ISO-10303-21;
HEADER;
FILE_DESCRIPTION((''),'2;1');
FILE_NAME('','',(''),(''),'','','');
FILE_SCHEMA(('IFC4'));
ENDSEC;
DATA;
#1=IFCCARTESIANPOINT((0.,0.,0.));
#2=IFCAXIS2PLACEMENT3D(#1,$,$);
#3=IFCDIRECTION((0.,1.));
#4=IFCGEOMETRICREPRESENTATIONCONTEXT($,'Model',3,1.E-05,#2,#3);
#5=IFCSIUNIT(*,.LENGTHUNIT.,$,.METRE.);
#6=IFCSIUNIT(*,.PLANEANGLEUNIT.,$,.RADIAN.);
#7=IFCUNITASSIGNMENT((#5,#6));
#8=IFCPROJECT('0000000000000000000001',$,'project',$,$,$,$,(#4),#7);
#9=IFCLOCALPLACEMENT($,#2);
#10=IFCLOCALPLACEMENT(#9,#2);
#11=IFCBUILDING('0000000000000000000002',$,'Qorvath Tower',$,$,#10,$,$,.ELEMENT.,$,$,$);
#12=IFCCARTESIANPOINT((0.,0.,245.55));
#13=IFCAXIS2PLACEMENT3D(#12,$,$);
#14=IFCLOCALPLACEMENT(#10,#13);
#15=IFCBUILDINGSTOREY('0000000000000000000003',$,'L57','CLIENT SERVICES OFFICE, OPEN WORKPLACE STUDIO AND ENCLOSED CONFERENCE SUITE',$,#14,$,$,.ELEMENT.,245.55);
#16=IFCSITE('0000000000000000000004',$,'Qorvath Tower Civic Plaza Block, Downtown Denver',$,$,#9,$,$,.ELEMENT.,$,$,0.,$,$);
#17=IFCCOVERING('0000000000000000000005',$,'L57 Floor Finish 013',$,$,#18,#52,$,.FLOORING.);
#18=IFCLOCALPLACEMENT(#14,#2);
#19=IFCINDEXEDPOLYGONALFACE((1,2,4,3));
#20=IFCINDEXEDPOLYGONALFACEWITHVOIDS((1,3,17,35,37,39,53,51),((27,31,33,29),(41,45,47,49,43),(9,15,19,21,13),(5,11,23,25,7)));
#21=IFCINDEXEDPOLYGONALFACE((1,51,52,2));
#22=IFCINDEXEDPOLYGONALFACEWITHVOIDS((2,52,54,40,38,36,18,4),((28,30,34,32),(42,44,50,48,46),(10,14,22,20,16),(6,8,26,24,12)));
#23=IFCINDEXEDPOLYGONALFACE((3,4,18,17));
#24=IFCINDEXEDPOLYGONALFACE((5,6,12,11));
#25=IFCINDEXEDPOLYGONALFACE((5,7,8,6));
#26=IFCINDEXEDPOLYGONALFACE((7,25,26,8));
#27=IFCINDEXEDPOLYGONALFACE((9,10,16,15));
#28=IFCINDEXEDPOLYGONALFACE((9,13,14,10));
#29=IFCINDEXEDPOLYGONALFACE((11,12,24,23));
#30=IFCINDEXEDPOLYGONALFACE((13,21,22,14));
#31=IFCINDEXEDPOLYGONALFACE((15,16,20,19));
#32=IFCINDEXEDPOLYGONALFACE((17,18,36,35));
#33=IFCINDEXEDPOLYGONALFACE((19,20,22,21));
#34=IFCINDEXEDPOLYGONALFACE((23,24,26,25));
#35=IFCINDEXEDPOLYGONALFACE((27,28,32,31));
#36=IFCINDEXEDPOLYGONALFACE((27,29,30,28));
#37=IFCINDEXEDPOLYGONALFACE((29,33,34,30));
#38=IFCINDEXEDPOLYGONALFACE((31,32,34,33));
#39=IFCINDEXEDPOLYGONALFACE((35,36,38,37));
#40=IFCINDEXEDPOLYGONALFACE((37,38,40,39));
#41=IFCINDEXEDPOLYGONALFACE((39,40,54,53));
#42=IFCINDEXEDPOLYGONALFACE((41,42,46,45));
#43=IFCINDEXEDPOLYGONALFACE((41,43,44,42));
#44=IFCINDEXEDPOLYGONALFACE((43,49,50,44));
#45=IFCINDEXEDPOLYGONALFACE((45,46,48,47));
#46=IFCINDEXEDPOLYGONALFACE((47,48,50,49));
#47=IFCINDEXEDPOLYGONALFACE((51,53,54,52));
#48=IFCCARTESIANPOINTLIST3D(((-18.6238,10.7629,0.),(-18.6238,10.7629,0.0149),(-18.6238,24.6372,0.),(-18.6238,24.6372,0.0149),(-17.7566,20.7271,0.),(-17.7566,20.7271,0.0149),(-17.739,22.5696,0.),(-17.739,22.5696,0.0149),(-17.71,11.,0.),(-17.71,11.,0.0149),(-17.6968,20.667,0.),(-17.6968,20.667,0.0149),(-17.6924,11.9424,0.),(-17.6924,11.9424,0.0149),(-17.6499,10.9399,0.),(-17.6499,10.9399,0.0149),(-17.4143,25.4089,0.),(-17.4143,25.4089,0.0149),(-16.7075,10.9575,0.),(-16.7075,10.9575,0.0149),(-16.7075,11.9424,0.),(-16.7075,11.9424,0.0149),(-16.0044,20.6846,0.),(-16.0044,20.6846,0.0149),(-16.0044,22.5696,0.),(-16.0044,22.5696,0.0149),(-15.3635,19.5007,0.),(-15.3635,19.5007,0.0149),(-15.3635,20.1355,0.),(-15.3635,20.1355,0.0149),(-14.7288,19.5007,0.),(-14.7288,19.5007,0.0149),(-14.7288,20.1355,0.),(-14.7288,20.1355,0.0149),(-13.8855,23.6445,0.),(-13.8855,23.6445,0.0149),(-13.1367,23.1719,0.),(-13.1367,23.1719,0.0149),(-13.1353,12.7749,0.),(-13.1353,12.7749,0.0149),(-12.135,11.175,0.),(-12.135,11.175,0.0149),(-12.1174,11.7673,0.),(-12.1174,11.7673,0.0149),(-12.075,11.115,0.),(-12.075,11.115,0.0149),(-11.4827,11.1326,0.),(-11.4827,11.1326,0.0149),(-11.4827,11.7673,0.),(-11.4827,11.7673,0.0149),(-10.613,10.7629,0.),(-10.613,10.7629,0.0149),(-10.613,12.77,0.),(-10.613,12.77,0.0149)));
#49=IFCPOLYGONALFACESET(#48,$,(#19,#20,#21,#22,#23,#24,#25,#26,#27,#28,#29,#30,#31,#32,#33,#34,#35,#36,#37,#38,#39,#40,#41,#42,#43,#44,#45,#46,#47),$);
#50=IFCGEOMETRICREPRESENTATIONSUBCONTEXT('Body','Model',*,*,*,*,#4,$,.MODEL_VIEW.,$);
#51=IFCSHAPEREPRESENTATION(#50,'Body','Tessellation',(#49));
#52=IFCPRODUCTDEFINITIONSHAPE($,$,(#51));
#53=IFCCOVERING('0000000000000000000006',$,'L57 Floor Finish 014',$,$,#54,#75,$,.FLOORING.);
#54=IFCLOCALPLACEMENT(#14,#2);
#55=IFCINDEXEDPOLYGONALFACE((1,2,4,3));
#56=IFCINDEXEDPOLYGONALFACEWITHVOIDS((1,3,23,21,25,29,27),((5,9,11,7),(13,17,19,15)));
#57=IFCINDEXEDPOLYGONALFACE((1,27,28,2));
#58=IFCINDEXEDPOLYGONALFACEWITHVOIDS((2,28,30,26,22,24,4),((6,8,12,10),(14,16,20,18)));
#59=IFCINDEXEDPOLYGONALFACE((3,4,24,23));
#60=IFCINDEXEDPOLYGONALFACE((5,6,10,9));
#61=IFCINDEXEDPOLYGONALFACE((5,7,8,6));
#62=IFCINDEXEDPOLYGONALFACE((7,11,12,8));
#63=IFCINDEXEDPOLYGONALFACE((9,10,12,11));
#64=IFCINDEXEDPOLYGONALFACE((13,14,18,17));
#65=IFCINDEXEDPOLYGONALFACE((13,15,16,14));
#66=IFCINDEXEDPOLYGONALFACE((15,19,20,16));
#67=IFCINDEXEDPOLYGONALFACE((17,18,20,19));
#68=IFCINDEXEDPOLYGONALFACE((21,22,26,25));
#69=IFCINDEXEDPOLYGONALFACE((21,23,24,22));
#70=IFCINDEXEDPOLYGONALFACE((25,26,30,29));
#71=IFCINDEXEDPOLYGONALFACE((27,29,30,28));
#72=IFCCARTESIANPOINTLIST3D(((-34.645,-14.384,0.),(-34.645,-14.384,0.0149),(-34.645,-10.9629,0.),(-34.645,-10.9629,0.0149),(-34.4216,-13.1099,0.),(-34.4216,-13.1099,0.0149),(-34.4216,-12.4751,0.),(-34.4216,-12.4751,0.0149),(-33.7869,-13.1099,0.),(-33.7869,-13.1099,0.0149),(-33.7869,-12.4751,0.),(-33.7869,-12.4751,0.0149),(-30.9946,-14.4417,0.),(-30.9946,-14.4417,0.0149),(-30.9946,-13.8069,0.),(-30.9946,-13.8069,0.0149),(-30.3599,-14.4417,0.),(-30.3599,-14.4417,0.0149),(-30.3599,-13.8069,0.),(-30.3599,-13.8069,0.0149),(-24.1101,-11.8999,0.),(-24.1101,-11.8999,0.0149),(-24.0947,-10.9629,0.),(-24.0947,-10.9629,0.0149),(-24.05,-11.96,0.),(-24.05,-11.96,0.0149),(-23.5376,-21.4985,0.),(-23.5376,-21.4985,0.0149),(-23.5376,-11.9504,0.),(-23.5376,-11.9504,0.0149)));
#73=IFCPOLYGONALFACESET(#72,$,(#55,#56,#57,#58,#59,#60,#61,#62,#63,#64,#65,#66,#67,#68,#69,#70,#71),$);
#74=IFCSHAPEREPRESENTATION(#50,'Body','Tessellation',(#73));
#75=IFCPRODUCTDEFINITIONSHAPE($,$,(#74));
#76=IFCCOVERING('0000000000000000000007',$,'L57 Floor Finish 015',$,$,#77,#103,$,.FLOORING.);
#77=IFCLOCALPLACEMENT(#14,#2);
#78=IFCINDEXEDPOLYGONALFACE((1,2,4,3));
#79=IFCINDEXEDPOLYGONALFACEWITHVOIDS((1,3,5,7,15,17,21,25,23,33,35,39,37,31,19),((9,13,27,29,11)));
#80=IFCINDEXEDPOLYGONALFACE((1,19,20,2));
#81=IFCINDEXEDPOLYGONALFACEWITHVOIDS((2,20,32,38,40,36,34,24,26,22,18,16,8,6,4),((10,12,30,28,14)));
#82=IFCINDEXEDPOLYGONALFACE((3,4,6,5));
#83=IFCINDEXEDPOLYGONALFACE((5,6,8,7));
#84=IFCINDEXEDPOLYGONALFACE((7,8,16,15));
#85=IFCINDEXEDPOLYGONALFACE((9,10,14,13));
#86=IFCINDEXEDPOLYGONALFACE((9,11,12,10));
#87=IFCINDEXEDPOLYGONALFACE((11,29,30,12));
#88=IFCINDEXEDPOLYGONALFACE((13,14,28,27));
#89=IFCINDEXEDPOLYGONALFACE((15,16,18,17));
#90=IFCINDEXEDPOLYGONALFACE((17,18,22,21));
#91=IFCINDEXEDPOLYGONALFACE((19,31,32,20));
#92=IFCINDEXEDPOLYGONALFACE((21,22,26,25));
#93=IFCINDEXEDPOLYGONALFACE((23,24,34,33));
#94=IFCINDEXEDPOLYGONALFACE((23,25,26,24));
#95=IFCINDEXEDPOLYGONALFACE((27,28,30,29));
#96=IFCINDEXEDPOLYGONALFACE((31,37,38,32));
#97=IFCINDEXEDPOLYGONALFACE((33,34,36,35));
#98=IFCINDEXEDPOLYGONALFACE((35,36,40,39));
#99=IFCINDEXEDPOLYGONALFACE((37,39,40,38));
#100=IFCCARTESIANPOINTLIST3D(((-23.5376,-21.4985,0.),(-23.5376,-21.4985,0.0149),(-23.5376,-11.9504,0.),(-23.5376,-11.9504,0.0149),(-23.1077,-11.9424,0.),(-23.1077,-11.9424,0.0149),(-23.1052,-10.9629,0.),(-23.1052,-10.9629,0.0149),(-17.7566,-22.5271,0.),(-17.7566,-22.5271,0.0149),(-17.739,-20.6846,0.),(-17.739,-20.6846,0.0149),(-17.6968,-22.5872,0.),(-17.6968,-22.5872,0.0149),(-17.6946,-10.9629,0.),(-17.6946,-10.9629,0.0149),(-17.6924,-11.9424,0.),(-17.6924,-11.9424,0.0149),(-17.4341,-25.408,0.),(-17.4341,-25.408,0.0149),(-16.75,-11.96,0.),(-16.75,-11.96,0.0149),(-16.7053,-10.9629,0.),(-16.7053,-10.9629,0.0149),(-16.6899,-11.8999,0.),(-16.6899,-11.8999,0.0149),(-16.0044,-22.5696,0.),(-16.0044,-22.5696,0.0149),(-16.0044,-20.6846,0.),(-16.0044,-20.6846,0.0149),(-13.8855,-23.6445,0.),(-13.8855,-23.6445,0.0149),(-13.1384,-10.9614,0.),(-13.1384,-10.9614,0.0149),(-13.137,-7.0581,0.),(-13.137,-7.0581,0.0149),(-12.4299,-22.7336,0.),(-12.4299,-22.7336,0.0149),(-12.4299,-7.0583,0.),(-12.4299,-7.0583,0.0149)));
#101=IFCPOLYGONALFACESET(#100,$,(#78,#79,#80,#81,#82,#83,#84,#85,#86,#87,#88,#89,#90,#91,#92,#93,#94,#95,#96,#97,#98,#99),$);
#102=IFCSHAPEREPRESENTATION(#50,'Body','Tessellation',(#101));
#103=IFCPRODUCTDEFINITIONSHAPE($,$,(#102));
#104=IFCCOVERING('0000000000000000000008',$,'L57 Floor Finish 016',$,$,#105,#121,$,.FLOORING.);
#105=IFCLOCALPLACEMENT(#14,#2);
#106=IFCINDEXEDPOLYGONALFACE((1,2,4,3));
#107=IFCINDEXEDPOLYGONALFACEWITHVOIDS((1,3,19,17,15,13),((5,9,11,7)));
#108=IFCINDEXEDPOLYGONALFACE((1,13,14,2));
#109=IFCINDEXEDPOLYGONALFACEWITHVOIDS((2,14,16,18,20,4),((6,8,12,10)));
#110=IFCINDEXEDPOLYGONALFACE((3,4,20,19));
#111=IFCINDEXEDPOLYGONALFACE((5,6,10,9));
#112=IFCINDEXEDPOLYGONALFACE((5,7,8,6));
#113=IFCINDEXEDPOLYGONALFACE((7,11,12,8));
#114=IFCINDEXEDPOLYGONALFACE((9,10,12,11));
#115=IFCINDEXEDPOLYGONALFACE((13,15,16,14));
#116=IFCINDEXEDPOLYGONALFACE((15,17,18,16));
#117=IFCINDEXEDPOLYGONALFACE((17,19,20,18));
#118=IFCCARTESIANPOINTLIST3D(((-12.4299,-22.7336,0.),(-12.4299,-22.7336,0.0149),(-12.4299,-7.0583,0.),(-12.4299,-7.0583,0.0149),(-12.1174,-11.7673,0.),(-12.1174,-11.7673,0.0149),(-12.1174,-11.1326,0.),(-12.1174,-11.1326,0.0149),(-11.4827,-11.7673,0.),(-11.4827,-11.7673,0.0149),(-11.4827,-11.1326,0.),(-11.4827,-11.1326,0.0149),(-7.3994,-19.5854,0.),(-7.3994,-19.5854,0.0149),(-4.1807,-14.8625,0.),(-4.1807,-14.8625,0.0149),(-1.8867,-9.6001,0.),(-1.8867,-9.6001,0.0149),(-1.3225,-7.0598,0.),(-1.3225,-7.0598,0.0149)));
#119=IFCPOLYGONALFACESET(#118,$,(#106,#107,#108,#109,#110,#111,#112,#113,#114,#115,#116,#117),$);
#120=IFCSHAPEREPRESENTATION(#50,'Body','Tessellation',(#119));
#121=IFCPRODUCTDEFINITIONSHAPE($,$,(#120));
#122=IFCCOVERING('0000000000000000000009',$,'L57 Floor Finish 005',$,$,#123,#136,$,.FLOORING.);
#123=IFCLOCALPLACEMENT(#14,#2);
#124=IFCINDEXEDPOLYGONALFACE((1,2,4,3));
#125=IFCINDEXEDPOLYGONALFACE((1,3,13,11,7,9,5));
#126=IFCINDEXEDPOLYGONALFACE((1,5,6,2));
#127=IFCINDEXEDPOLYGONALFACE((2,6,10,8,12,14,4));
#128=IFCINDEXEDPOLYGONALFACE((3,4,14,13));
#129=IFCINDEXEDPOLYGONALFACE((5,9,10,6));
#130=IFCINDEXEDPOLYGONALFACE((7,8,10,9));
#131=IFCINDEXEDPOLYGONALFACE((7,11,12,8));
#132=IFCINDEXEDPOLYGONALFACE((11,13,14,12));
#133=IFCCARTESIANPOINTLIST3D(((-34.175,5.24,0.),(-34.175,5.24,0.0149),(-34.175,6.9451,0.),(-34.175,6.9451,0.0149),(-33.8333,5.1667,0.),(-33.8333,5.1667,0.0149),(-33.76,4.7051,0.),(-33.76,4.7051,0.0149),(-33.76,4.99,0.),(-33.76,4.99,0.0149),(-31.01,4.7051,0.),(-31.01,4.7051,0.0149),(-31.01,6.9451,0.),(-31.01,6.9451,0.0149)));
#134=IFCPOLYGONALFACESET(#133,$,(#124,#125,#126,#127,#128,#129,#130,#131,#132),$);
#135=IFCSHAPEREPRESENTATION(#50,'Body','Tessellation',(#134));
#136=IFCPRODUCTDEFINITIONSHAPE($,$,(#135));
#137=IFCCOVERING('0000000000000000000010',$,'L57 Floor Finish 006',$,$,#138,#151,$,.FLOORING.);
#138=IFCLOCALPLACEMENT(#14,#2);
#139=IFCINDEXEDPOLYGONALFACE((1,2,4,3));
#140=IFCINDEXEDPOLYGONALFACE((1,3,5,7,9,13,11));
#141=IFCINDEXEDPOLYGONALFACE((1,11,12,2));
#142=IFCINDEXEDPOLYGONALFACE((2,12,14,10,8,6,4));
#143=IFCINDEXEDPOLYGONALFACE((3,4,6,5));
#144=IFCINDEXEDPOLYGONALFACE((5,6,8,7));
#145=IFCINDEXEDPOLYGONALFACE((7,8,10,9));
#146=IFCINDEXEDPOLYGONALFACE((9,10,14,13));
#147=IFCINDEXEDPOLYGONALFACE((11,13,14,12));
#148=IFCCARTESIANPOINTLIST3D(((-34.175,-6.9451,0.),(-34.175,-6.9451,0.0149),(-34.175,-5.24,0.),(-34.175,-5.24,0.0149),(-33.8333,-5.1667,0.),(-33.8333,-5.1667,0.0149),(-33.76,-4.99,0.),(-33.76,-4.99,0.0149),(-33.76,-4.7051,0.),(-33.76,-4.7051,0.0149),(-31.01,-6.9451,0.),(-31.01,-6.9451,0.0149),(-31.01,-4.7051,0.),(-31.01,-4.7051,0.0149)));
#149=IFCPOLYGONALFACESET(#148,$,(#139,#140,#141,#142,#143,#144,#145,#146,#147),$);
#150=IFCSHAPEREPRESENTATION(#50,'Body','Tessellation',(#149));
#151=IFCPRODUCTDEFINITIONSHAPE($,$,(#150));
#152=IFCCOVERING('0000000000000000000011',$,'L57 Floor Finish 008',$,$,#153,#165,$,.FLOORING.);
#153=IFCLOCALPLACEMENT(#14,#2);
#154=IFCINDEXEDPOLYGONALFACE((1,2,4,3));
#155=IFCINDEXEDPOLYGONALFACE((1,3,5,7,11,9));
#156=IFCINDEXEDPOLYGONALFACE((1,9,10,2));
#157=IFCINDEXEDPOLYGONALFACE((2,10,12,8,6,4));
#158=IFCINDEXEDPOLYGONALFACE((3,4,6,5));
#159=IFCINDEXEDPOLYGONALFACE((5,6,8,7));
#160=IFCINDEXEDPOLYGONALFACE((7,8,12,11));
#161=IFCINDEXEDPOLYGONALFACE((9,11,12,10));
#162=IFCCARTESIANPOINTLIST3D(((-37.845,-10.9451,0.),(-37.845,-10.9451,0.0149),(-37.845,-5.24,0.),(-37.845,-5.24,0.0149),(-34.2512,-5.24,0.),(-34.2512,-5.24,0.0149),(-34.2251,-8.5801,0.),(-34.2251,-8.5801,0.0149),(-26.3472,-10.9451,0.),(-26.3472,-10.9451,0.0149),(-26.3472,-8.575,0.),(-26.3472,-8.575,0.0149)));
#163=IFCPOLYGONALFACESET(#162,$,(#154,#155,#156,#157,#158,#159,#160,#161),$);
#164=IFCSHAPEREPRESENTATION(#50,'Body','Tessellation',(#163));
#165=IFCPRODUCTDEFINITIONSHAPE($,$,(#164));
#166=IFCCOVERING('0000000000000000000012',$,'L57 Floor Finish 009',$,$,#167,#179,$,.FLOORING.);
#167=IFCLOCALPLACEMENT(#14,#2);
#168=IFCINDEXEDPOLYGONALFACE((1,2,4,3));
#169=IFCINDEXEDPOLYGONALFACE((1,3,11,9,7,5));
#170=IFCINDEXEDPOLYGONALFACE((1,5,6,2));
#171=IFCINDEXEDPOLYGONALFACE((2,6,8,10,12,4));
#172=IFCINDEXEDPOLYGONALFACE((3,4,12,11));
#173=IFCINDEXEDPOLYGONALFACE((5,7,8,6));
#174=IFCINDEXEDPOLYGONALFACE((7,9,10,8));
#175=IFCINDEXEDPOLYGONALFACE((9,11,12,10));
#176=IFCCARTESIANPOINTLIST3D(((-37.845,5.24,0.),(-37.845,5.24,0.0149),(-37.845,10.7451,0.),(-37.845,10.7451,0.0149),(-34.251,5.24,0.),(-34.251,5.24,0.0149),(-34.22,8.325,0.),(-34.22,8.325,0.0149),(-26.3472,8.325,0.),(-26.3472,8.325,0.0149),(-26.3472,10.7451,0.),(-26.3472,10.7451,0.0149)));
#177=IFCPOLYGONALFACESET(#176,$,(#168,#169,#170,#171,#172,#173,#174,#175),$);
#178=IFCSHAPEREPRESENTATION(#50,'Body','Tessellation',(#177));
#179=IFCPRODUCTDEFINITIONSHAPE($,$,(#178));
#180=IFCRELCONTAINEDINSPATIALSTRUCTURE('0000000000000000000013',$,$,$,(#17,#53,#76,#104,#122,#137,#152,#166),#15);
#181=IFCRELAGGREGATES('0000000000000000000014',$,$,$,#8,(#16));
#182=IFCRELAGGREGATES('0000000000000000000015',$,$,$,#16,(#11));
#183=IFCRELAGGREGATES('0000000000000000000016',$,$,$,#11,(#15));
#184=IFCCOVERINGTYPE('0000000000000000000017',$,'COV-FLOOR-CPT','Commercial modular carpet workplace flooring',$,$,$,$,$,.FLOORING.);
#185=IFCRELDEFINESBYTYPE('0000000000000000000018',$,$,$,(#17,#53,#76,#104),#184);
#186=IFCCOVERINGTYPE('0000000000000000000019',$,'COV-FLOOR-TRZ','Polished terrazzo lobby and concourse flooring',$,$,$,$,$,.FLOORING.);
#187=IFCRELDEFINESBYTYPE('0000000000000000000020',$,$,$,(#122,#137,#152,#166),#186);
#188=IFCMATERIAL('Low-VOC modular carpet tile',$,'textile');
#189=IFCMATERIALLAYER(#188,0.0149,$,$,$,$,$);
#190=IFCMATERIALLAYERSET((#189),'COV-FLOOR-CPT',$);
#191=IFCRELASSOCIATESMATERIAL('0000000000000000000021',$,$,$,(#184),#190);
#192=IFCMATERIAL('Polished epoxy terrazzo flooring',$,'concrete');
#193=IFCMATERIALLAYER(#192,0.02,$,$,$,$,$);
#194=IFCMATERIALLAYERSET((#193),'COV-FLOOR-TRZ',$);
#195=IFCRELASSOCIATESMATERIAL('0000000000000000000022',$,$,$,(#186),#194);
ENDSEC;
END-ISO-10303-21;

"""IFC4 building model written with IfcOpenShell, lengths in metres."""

from ifc_helpers import new_model, si_unit, direction, frame, origin, place, context, subcontext, project, spatial, polyline, outline, extrude, material, layer, layer_set, type_object, element, save


model = new_model("IFC4")

# Units and contexts
model_context = context("Model", 3, precision=1e-05, world=origin(), true_north=direction((0.0, 1.0)))
body_context = subcontext(model_context, "Body", "Model", "MODEL_VIEW")
ifc_project = project(units=[si_unit("LENGTHUNIT", "METRE"), si_unit("PLANEANGLEUNIT", "RADIAN")], contexts=[model_context])

# Site, building, storey
site_placement = place(None, origin())
site = spatial("IfcSite", under=ifc_project, at=site_placement, Name="Qorvath Tower Civic Plaza Block, Downtown Denver", CompositionType="ELEMENT", RefElevation=0.0)
building_placement = place(site_placement, origin())
building = spatial("IfcBuilding", under=site, at=building_placement, Name="Qorvath Tower", CompositionType="ELEMENT")
storey_placement = place(building_placement, frame((0.0, 0.0, 245.55)))
storey = spatial("IfcBuildingStorey", under=building, at=storey_placement, Name="L57", Description="CLIENT SERVICES OFFICE, OPEN WORKPLACE STUDIO AND ENCLOSED CONFERENCE SUITE", CompositionType="ELEMENT", Elevation=245.55)

# Coverings
ifc_material_1 = material(Name="Low-VOC modular carpet tile", Category="textile")
ifc_layer_1 = layer(ifc_material_1, 0.0149)
ifc_layer_set_1 = layer_set([ifc_layer_1], Name="COV-FLOOR-CPT")
covering_type_1 = type_object("IfcCoveringType", Name="COV-FLOOR-CPT", Description="Commercial modular carpet workplace flooring", PredefinedType="FLOORING", material=ifc_layer_set_1)
covering_1_placement = place(storey_placement, origin())
element("IfcCovering", 1, at=covering_1_placement, inside=storey, type_object=covering_type_1, Name="L57 Floor Finish 013", PredefinedType="FLOORING", context=body_context, shape_type="SweptSolid", body=[
    extrude(outline(polyline([(-18.6238, 24.6372), (-18.6238, 10.7629), (-10.613, 10.7629), (-10.613, 12.77), (-13.1353, 12.7749), (-13.1367, 23.1719), (-13.8855, 23.6445), (-17.4143, 25.4089), (-18.6238, 24.6372)]), holes=[polyline([(-12.135, 11.175), (-12.1174, 11.7673), (-11.4827, 11.7673), (-11.4827, 11.1326), (-12.075, 11.115), (-12.135, 11.175)]), polyline([(-15.3635, 19.5007), (-15.3635, 20.1355), (-14.7288, 20.1355), (-14.7288, 19.5007), (-15.3635, 19.5007)]), polyline([(-17.7566, 20.7271), (-17.739, 22.5696), (-16.0044, 22.5696), (-16.0044, 20.6846), (-17.6968, 20.667), (-17.7566, 20.7271)]), polyline([(-17.71, 11.0), (-17.6924, 11.9424), (-16.7075, 11.9424), (-16.7075, 10.9575), (-17.6499, 10.9399), (-17.71, 11.0)])]), origin(), (0.0, 0.0, 1.0), 0.0149),
])
covering_2_placement = place(storey_placement, origin())
element("IfcCovering", 2, at=covering_2_placement, inside=storey, type_object=covering_type_1, Name="L57 Floor Finish 014", PredefinedType="FLOORING", context=body_context, shape_type="SweptSolid", body=[
    extrude(outline(polyline([(-34.645, -14.384), (-23.5376, -21.4985), (-23.5376, -11.9504), (-24.05, -11.96), (-24.1101, -11.8999), (-24.0947, -10.9629), (-34.645, -10.9629), (-34.645, -14.384)]), holes=[polyline([(-30.9946, -14.4417), (-30.9946, -13.8069), (-30.3599, -13.8069), (-30.3599, -14.4417), (-30.9946, -14.4417)]), polyline([(-34.4216, -13.1099), (-34.4216, -12.4751), (-33.7869, -12.4751), (-33.7869, -13.1099), (-34.4216, -13.1099)])]), origin(), (0.0, 0.0, 1.0), 0.0149),
])
covering_3_placement = place(storey_placement, origin())
element("IfcCovering", 3, at=covering_3_placement, inside=storey, type_object=covering_type_1, Name="L57 Floor Finish 015", PredefinedType="FLOORING", context=body_context, shape_type="SweptSolid", body=[
    extrude(outline(polyline([(-23.5376, -11.9504), (-23.5376, -21.4985), (-17.4341, -25.408), (-13.8855, -23.6445), (-12.4299, -22.7336), (-12.4299, -7.0583), (-13.137, -7.0581), (-13.1384, -10.9614), (-16.7053, -10.9629), (-16.6899, -11.8999), (-16.75, -11.96), (-17.6924, -11.9424), (-17.6946, -10.9629), (-23.1052, -10.9629), (-23.1077, -11.9424), (-23.5376, -11.9504)]), holes=[polyline([(-17.7566, -22.5271), (-17.739, -20.6846), (-16.0044, -20.6846), (-16.0044, -22.5696), (-17.6968, -22.5872), (-17.7566, -22.5271)])]), origin(), (0.0, 0.0, 1.0), 0.0149),
])
covering_4_placement = place(storey_placement, origin())
element("IfcCovering", 4, at=covering_4_placement, inside=storey, type_object=covering_type_1, Name="L57 Floor Finish 016", PredefinedType="FLOORING", context=body_context, shape_type="SweptSolid", body=[
    extrude(outline(polyline([(-12.4299, -7.0583), (-12.4299, -22.7336), (-7.3994, -19.5854), (-4.1807, -14.8625), (-1.8867, -9.6001), (-1.3225, -7.0598), (-12.4299, -7.0583)]), holes=[polyline([(-12.1174, -11.7673), (-12.1174, -11.1326), (-11.4827, -11.1326), (-11.4827, -11.7673), (-12.1174, -11.7673)])]), origin(), (0.0, 0.0, 1.0), 0.0149),
])
ifc_material_2 = material(Name="Polished epoxy terrazzo flooring", Category="concrete")
ifc_layer_2 = layer(ifc_material_2, 0.02)
ifc_layer_set_2 = layer_set([ifc_layer_2], Name="COV-FLOOR-TRZ")
covering_type_2 = type_object("IfcCoveringType", Name="COV-FLOOR-TRZ", Description="Polished terrazzo lobby and concourse flooring", PredefinedType="FLOORING", material=ifc_layer_set_2)
covering_5_placement = place(storey_placement, origin())
element("IfcCovering", 5, at=covering_5_placement, inside=storey, type_object=covering_type_2, Name="L57 Floor Finish 005", PredefinedType="FLOORING", context=body_context, shape_type="SweptSolid", body=[
    extrude(outline(polyline([(-31.01, 6.9451), (-34.175, 6.9451), (-34.175, 5.24), (-33.8333, 5.1667), (-33.76, 4.99), (-33.76, 4.7051), (-31.01, 4.7051), (-31.01, 6.9451)])), origin(), (0.0, 0.0, 1.0), 0.0149),
])
covering_6_placement = place(storey_placement, origin())
element("IfcCovering", 6, at=covering_6_placement, inside=storey, type_object=covering_type_2, Name="L57 Floor Finish 006", PredefinedType="FLOORING", context=body_context, shape_type="SweptSolid", body=[
    extrude(outline(polyline([(-33.76, -4.7051), (-33.76, -4.99), (-33.8333, -5.1667), (-34.175, -5.24), (-34.175, -6.9451), (-31.01, -6.9451), (-31.01, -4.7051), (-33.76, -4.7051)])), origin(), (0.0, 0.0, 1.0), 0.0149),
])
covering_7_placement = place(storey_placement, origin())
element("IfcCovering", 7, at=covering_7_placement, inside=storey, type_object=covering_type_2, Name="L57 Floor Finish 008", PredefinedType="FLOORING", context=body_context, shape_type="SweptSolid", body=[
    extrude(outline(polyline([(-34.2251, -8.5801), (-34.2512, -5.24), (-37.845, -5.24), (-37.845, -10.9451), (-26.3472, -10.9451), (-26.3472, -8.575), (-34.2251, -8.5801)])), origin(), (0.0, 0.0, 1.0), 0.0149),
])
covering_8_placement = place(storey_placement, origin())
element("IfcCovering", 8, at=covering_8_placement, inside=storey, type_object=covering_type_2, Name="L57 Floor Finish 009", PredefinedType="FLOORING", context=body_context, shape_type="SweptSolid", body=[
    extrude(outline(polyline([(-26.3472, 8.325), (-26.3472, 10.7451), (-37.845, 10.7451), (-37.845, 5.24), (-34.251, 5.24), (-34.22, 8.325), (-26.3472, 8.325)])), origin(), (0.0, 0.0, 1.0), 0.0149),
])

save(model, "model.ifc")
